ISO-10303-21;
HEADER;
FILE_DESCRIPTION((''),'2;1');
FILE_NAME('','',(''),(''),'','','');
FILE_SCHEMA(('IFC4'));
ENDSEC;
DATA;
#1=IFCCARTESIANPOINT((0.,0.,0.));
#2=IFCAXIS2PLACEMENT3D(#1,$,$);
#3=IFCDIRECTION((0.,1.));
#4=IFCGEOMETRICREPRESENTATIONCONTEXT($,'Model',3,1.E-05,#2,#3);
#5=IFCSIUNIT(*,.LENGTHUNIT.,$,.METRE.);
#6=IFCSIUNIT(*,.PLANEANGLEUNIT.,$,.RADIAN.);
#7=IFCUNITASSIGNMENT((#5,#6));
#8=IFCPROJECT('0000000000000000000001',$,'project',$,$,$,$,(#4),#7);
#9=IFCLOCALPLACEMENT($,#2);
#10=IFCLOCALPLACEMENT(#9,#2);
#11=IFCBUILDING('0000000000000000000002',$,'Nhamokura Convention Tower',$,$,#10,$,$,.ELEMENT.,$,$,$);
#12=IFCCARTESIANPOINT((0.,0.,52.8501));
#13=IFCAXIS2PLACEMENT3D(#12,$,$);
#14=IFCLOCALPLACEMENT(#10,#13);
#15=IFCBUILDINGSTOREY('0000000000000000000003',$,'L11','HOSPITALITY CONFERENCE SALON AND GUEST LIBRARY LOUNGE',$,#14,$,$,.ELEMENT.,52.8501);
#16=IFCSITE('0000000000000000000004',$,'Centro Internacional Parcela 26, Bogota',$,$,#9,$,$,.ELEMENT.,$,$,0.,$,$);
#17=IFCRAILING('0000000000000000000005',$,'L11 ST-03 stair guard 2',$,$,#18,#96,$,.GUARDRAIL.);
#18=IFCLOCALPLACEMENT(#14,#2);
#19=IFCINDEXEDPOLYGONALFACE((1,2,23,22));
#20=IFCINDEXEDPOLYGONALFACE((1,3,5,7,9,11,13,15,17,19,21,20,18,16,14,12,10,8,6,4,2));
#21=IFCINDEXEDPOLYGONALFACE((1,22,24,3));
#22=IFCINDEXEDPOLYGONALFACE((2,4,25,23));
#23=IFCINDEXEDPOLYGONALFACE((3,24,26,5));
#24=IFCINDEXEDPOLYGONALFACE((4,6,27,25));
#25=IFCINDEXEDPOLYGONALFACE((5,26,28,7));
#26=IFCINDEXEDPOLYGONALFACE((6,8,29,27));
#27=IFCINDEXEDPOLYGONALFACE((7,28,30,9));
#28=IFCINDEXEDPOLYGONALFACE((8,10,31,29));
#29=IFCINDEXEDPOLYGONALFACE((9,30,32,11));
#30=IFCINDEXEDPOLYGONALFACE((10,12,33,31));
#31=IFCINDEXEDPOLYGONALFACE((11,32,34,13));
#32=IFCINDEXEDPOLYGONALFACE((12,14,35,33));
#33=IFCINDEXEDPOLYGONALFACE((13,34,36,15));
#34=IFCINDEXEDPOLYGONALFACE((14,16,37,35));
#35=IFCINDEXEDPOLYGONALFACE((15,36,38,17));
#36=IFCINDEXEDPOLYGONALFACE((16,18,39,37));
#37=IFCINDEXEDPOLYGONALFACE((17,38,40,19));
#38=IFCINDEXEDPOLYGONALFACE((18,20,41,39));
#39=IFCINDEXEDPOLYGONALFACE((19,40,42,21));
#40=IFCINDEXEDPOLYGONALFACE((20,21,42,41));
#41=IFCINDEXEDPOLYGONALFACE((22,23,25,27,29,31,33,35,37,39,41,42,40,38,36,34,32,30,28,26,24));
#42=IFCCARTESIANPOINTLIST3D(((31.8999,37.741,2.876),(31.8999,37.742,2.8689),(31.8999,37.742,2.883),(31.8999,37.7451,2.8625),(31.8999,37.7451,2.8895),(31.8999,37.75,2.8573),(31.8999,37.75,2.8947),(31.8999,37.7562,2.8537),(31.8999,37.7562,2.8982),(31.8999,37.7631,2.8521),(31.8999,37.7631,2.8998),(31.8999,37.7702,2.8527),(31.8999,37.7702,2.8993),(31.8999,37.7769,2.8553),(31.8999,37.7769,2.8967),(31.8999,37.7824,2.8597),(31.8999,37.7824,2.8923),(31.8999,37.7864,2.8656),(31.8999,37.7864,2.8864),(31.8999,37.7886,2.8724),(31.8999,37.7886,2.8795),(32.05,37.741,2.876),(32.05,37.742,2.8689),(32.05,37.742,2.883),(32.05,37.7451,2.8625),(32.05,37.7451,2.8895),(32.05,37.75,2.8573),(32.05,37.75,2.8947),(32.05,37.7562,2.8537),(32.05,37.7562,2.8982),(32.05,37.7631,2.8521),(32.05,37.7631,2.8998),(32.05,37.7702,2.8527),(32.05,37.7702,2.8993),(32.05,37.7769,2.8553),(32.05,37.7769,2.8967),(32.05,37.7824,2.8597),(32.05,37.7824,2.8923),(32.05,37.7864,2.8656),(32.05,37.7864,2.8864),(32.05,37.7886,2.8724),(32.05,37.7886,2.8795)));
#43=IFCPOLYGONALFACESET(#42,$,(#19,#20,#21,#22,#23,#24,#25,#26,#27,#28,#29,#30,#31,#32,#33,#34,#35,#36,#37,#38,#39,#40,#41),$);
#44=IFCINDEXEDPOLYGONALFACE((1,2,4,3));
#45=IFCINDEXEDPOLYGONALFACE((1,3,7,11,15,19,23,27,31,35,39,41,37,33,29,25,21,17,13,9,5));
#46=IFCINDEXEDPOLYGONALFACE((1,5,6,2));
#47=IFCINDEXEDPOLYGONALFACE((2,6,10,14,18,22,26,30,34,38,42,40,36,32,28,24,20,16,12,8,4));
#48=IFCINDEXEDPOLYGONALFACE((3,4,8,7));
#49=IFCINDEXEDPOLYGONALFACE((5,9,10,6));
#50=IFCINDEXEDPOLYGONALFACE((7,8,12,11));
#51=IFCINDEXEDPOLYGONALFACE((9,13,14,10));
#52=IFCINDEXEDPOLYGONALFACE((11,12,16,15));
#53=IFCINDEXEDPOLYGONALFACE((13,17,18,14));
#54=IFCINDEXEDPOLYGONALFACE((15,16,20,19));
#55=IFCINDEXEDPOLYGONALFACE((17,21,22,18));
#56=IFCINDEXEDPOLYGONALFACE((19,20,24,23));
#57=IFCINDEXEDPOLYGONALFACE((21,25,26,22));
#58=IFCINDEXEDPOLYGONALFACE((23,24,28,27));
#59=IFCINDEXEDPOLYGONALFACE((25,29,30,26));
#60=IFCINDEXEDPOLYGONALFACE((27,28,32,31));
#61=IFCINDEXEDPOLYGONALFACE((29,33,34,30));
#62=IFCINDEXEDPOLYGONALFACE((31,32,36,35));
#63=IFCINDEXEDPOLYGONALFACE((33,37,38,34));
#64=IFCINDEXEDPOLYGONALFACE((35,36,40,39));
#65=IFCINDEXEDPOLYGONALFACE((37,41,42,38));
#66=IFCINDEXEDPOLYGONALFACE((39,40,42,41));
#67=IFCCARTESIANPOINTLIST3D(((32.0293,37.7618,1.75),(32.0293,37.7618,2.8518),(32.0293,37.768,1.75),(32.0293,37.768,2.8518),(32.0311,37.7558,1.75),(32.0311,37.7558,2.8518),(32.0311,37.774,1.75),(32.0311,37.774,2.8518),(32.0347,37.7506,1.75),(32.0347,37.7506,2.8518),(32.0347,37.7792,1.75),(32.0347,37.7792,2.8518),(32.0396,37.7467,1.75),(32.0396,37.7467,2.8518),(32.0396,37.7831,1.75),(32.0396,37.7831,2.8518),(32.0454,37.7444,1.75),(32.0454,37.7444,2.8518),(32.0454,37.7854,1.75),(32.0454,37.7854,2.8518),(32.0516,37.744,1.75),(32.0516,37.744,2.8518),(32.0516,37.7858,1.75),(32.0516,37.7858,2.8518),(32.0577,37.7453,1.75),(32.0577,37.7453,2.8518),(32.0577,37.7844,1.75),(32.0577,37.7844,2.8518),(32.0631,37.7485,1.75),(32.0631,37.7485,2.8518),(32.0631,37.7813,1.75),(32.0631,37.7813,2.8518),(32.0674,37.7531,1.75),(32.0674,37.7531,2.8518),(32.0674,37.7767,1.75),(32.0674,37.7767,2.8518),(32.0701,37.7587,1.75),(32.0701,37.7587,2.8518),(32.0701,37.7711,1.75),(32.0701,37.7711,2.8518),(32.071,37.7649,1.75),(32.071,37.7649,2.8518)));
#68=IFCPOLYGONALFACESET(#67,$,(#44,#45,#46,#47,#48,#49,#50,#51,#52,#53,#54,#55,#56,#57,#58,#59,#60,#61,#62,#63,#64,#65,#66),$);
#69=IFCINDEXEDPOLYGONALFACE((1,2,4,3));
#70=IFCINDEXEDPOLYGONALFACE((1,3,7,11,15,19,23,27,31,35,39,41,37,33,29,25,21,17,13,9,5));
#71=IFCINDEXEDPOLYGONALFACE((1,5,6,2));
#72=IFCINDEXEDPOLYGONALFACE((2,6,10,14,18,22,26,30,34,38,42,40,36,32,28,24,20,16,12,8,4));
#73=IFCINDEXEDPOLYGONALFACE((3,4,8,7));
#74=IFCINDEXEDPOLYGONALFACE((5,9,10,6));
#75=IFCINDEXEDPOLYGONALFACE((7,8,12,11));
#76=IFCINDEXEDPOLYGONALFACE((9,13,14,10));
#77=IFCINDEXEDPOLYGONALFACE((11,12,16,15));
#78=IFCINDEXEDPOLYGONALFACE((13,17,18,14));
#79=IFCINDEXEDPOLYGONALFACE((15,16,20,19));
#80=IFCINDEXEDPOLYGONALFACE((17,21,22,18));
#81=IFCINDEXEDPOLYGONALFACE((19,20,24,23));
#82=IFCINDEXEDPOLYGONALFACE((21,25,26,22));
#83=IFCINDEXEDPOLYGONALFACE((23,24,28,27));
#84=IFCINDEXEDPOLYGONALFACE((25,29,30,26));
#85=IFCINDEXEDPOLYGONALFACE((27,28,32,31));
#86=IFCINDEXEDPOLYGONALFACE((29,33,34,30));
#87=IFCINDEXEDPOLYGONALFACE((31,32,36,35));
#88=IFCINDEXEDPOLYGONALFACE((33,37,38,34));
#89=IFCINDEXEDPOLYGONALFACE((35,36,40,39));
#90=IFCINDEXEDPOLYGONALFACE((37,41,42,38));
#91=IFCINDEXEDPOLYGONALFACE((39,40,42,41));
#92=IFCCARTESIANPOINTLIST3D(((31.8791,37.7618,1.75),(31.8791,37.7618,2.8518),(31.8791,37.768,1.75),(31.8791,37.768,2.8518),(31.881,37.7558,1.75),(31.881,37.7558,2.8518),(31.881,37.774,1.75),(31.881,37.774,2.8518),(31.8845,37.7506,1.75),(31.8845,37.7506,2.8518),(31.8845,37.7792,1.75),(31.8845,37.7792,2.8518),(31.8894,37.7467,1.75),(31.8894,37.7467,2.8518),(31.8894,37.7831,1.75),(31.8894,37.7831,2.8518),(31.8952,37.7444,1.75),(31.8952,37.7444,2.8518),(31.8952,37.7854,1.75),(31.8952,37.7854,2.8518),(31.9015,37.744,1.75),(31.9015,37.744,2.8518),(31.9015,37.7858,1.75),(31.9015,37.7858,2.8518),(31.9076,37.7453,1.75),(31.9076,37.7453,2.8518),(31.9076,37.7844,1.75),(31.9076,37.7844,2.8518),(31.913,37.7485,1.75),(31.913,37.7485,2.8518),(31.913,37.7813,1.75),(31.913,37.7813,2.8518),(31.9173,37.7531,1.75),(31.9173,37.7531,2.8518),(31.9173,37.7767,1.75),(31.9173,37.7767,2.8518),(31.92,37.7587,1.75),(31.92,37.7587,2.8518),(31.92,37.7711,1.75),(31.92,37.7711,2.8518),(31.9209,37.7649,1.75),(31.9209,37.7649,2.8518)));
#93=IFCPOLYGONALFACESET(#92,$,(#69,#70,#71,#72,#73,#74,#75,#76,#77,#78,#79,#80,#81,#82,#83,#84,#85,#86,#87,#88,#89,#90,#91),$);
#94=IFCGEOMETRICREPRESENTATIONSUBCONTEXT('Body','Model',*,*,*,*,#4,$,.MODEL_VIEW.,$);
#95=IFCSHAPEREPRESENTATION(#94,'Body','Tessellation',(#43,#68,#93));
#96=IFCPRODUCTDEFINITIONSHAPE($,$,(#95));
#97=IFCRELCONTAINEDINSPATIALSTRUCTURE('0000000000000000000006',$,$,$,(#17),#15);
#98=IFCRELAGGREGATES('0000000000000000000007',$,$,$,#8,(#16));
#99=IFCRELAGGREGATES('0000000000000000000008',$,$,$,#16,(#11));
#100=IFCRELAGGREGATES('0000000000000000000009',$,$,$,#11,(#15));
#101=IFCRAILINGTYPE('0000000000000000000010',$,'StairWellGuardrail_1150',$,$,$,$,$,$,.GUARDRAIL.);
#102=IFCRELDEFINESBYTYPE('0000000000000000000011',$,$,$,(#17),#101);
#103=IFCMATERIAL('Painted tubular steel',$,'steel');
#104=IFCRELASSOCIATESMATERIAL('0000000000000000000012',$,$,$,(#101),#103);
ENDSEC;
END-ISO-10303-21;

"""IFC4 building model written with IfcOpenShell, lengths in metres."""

from ifc_helpers import new_model, si_unit, direction, frame, origin, origin_2d, place, context, subcontext, project, spatial, circle, extrude, material, type_object, element, save


model = new_model("IFC4")

# Units and contexts
model_context = context("Model", 3, precision=1e-05, world=origin(), true_north=direction((0.0, 1.0)))
body_context = subcontext(model_context, "Body", "Model", "MODEL_VIEW")
ifc_project = project(units=[si_unit("LENGTHUNIT", "METRE"), si_unit("PLANEANGLEUNIT", "RADIAN")], contexts=[model_context])

# Site, building, storey
site_placement = place(None, origin())
site = spatial("IfcSite", under=ifc_project, at=site_placement, Name="Centro Internacional Parcela 26, Bogota", CompositionType="ELEMENT", RefElevation=0.0)
building_placement = place(site_placement, origin())
building = spatial("IfcBuilding", under=site, at=building_placement, Name="Nhamokura Convention Tower", CompositionType="ELEMENT")
storey_placement = place(building_placement, frame((0.0, 0.0, 52.8501)))
storey = spatial("IfcBuildingStorey", under=building, at=storey_placement, Name="L11", Description="HOSPITALITY CONFERENCE SALON AND GUEST LIBRARY LOUNGE", CompositionType="ELEMENT", Elevation=52.8501)

# Railing
ifc_material_1 = material(Name="Painted tubular steel", Category="steel")
railing_type_1 = type_object("IfcRailingType", Name="StairWellGuardrail_1150", PredefinedType="GUARDRAIL", material=ifc_material_1)
railing_1_placement = place(storey_placement, frame((32.05, 37.7649, 1.75)))
element("IfcRailing", 1, at=railing_1_placement, inside=storey, type_object=railing_type_1, Name="L11 ST-03 stair guard 2", PredefinedType="GUARDRAIL", context=body_context, shape_type="SweptSolid", body=[
    extrude(circle(Radius=0.0239, at=origin_2d()), frame((0.0, 0.0, 1.126), z_axis=(-1.0, 0.0, 0.0), x_axis=(0.0, -1.0, 0.0)), (0.0, 0.0, 1.0), 0.1501),
    extrude(circle(Radius=0.021, at=origin_2d()), origin(), (0.0, 0.0, 1.0), 1.1018),
    extrude(circle(Radius=0.021, at=origin_2d()), frame((-0.1501, 0.0, 0.0)), (0.0, 0.0, 1.0), 1.1018),
])

save(model, "model.ifc")
